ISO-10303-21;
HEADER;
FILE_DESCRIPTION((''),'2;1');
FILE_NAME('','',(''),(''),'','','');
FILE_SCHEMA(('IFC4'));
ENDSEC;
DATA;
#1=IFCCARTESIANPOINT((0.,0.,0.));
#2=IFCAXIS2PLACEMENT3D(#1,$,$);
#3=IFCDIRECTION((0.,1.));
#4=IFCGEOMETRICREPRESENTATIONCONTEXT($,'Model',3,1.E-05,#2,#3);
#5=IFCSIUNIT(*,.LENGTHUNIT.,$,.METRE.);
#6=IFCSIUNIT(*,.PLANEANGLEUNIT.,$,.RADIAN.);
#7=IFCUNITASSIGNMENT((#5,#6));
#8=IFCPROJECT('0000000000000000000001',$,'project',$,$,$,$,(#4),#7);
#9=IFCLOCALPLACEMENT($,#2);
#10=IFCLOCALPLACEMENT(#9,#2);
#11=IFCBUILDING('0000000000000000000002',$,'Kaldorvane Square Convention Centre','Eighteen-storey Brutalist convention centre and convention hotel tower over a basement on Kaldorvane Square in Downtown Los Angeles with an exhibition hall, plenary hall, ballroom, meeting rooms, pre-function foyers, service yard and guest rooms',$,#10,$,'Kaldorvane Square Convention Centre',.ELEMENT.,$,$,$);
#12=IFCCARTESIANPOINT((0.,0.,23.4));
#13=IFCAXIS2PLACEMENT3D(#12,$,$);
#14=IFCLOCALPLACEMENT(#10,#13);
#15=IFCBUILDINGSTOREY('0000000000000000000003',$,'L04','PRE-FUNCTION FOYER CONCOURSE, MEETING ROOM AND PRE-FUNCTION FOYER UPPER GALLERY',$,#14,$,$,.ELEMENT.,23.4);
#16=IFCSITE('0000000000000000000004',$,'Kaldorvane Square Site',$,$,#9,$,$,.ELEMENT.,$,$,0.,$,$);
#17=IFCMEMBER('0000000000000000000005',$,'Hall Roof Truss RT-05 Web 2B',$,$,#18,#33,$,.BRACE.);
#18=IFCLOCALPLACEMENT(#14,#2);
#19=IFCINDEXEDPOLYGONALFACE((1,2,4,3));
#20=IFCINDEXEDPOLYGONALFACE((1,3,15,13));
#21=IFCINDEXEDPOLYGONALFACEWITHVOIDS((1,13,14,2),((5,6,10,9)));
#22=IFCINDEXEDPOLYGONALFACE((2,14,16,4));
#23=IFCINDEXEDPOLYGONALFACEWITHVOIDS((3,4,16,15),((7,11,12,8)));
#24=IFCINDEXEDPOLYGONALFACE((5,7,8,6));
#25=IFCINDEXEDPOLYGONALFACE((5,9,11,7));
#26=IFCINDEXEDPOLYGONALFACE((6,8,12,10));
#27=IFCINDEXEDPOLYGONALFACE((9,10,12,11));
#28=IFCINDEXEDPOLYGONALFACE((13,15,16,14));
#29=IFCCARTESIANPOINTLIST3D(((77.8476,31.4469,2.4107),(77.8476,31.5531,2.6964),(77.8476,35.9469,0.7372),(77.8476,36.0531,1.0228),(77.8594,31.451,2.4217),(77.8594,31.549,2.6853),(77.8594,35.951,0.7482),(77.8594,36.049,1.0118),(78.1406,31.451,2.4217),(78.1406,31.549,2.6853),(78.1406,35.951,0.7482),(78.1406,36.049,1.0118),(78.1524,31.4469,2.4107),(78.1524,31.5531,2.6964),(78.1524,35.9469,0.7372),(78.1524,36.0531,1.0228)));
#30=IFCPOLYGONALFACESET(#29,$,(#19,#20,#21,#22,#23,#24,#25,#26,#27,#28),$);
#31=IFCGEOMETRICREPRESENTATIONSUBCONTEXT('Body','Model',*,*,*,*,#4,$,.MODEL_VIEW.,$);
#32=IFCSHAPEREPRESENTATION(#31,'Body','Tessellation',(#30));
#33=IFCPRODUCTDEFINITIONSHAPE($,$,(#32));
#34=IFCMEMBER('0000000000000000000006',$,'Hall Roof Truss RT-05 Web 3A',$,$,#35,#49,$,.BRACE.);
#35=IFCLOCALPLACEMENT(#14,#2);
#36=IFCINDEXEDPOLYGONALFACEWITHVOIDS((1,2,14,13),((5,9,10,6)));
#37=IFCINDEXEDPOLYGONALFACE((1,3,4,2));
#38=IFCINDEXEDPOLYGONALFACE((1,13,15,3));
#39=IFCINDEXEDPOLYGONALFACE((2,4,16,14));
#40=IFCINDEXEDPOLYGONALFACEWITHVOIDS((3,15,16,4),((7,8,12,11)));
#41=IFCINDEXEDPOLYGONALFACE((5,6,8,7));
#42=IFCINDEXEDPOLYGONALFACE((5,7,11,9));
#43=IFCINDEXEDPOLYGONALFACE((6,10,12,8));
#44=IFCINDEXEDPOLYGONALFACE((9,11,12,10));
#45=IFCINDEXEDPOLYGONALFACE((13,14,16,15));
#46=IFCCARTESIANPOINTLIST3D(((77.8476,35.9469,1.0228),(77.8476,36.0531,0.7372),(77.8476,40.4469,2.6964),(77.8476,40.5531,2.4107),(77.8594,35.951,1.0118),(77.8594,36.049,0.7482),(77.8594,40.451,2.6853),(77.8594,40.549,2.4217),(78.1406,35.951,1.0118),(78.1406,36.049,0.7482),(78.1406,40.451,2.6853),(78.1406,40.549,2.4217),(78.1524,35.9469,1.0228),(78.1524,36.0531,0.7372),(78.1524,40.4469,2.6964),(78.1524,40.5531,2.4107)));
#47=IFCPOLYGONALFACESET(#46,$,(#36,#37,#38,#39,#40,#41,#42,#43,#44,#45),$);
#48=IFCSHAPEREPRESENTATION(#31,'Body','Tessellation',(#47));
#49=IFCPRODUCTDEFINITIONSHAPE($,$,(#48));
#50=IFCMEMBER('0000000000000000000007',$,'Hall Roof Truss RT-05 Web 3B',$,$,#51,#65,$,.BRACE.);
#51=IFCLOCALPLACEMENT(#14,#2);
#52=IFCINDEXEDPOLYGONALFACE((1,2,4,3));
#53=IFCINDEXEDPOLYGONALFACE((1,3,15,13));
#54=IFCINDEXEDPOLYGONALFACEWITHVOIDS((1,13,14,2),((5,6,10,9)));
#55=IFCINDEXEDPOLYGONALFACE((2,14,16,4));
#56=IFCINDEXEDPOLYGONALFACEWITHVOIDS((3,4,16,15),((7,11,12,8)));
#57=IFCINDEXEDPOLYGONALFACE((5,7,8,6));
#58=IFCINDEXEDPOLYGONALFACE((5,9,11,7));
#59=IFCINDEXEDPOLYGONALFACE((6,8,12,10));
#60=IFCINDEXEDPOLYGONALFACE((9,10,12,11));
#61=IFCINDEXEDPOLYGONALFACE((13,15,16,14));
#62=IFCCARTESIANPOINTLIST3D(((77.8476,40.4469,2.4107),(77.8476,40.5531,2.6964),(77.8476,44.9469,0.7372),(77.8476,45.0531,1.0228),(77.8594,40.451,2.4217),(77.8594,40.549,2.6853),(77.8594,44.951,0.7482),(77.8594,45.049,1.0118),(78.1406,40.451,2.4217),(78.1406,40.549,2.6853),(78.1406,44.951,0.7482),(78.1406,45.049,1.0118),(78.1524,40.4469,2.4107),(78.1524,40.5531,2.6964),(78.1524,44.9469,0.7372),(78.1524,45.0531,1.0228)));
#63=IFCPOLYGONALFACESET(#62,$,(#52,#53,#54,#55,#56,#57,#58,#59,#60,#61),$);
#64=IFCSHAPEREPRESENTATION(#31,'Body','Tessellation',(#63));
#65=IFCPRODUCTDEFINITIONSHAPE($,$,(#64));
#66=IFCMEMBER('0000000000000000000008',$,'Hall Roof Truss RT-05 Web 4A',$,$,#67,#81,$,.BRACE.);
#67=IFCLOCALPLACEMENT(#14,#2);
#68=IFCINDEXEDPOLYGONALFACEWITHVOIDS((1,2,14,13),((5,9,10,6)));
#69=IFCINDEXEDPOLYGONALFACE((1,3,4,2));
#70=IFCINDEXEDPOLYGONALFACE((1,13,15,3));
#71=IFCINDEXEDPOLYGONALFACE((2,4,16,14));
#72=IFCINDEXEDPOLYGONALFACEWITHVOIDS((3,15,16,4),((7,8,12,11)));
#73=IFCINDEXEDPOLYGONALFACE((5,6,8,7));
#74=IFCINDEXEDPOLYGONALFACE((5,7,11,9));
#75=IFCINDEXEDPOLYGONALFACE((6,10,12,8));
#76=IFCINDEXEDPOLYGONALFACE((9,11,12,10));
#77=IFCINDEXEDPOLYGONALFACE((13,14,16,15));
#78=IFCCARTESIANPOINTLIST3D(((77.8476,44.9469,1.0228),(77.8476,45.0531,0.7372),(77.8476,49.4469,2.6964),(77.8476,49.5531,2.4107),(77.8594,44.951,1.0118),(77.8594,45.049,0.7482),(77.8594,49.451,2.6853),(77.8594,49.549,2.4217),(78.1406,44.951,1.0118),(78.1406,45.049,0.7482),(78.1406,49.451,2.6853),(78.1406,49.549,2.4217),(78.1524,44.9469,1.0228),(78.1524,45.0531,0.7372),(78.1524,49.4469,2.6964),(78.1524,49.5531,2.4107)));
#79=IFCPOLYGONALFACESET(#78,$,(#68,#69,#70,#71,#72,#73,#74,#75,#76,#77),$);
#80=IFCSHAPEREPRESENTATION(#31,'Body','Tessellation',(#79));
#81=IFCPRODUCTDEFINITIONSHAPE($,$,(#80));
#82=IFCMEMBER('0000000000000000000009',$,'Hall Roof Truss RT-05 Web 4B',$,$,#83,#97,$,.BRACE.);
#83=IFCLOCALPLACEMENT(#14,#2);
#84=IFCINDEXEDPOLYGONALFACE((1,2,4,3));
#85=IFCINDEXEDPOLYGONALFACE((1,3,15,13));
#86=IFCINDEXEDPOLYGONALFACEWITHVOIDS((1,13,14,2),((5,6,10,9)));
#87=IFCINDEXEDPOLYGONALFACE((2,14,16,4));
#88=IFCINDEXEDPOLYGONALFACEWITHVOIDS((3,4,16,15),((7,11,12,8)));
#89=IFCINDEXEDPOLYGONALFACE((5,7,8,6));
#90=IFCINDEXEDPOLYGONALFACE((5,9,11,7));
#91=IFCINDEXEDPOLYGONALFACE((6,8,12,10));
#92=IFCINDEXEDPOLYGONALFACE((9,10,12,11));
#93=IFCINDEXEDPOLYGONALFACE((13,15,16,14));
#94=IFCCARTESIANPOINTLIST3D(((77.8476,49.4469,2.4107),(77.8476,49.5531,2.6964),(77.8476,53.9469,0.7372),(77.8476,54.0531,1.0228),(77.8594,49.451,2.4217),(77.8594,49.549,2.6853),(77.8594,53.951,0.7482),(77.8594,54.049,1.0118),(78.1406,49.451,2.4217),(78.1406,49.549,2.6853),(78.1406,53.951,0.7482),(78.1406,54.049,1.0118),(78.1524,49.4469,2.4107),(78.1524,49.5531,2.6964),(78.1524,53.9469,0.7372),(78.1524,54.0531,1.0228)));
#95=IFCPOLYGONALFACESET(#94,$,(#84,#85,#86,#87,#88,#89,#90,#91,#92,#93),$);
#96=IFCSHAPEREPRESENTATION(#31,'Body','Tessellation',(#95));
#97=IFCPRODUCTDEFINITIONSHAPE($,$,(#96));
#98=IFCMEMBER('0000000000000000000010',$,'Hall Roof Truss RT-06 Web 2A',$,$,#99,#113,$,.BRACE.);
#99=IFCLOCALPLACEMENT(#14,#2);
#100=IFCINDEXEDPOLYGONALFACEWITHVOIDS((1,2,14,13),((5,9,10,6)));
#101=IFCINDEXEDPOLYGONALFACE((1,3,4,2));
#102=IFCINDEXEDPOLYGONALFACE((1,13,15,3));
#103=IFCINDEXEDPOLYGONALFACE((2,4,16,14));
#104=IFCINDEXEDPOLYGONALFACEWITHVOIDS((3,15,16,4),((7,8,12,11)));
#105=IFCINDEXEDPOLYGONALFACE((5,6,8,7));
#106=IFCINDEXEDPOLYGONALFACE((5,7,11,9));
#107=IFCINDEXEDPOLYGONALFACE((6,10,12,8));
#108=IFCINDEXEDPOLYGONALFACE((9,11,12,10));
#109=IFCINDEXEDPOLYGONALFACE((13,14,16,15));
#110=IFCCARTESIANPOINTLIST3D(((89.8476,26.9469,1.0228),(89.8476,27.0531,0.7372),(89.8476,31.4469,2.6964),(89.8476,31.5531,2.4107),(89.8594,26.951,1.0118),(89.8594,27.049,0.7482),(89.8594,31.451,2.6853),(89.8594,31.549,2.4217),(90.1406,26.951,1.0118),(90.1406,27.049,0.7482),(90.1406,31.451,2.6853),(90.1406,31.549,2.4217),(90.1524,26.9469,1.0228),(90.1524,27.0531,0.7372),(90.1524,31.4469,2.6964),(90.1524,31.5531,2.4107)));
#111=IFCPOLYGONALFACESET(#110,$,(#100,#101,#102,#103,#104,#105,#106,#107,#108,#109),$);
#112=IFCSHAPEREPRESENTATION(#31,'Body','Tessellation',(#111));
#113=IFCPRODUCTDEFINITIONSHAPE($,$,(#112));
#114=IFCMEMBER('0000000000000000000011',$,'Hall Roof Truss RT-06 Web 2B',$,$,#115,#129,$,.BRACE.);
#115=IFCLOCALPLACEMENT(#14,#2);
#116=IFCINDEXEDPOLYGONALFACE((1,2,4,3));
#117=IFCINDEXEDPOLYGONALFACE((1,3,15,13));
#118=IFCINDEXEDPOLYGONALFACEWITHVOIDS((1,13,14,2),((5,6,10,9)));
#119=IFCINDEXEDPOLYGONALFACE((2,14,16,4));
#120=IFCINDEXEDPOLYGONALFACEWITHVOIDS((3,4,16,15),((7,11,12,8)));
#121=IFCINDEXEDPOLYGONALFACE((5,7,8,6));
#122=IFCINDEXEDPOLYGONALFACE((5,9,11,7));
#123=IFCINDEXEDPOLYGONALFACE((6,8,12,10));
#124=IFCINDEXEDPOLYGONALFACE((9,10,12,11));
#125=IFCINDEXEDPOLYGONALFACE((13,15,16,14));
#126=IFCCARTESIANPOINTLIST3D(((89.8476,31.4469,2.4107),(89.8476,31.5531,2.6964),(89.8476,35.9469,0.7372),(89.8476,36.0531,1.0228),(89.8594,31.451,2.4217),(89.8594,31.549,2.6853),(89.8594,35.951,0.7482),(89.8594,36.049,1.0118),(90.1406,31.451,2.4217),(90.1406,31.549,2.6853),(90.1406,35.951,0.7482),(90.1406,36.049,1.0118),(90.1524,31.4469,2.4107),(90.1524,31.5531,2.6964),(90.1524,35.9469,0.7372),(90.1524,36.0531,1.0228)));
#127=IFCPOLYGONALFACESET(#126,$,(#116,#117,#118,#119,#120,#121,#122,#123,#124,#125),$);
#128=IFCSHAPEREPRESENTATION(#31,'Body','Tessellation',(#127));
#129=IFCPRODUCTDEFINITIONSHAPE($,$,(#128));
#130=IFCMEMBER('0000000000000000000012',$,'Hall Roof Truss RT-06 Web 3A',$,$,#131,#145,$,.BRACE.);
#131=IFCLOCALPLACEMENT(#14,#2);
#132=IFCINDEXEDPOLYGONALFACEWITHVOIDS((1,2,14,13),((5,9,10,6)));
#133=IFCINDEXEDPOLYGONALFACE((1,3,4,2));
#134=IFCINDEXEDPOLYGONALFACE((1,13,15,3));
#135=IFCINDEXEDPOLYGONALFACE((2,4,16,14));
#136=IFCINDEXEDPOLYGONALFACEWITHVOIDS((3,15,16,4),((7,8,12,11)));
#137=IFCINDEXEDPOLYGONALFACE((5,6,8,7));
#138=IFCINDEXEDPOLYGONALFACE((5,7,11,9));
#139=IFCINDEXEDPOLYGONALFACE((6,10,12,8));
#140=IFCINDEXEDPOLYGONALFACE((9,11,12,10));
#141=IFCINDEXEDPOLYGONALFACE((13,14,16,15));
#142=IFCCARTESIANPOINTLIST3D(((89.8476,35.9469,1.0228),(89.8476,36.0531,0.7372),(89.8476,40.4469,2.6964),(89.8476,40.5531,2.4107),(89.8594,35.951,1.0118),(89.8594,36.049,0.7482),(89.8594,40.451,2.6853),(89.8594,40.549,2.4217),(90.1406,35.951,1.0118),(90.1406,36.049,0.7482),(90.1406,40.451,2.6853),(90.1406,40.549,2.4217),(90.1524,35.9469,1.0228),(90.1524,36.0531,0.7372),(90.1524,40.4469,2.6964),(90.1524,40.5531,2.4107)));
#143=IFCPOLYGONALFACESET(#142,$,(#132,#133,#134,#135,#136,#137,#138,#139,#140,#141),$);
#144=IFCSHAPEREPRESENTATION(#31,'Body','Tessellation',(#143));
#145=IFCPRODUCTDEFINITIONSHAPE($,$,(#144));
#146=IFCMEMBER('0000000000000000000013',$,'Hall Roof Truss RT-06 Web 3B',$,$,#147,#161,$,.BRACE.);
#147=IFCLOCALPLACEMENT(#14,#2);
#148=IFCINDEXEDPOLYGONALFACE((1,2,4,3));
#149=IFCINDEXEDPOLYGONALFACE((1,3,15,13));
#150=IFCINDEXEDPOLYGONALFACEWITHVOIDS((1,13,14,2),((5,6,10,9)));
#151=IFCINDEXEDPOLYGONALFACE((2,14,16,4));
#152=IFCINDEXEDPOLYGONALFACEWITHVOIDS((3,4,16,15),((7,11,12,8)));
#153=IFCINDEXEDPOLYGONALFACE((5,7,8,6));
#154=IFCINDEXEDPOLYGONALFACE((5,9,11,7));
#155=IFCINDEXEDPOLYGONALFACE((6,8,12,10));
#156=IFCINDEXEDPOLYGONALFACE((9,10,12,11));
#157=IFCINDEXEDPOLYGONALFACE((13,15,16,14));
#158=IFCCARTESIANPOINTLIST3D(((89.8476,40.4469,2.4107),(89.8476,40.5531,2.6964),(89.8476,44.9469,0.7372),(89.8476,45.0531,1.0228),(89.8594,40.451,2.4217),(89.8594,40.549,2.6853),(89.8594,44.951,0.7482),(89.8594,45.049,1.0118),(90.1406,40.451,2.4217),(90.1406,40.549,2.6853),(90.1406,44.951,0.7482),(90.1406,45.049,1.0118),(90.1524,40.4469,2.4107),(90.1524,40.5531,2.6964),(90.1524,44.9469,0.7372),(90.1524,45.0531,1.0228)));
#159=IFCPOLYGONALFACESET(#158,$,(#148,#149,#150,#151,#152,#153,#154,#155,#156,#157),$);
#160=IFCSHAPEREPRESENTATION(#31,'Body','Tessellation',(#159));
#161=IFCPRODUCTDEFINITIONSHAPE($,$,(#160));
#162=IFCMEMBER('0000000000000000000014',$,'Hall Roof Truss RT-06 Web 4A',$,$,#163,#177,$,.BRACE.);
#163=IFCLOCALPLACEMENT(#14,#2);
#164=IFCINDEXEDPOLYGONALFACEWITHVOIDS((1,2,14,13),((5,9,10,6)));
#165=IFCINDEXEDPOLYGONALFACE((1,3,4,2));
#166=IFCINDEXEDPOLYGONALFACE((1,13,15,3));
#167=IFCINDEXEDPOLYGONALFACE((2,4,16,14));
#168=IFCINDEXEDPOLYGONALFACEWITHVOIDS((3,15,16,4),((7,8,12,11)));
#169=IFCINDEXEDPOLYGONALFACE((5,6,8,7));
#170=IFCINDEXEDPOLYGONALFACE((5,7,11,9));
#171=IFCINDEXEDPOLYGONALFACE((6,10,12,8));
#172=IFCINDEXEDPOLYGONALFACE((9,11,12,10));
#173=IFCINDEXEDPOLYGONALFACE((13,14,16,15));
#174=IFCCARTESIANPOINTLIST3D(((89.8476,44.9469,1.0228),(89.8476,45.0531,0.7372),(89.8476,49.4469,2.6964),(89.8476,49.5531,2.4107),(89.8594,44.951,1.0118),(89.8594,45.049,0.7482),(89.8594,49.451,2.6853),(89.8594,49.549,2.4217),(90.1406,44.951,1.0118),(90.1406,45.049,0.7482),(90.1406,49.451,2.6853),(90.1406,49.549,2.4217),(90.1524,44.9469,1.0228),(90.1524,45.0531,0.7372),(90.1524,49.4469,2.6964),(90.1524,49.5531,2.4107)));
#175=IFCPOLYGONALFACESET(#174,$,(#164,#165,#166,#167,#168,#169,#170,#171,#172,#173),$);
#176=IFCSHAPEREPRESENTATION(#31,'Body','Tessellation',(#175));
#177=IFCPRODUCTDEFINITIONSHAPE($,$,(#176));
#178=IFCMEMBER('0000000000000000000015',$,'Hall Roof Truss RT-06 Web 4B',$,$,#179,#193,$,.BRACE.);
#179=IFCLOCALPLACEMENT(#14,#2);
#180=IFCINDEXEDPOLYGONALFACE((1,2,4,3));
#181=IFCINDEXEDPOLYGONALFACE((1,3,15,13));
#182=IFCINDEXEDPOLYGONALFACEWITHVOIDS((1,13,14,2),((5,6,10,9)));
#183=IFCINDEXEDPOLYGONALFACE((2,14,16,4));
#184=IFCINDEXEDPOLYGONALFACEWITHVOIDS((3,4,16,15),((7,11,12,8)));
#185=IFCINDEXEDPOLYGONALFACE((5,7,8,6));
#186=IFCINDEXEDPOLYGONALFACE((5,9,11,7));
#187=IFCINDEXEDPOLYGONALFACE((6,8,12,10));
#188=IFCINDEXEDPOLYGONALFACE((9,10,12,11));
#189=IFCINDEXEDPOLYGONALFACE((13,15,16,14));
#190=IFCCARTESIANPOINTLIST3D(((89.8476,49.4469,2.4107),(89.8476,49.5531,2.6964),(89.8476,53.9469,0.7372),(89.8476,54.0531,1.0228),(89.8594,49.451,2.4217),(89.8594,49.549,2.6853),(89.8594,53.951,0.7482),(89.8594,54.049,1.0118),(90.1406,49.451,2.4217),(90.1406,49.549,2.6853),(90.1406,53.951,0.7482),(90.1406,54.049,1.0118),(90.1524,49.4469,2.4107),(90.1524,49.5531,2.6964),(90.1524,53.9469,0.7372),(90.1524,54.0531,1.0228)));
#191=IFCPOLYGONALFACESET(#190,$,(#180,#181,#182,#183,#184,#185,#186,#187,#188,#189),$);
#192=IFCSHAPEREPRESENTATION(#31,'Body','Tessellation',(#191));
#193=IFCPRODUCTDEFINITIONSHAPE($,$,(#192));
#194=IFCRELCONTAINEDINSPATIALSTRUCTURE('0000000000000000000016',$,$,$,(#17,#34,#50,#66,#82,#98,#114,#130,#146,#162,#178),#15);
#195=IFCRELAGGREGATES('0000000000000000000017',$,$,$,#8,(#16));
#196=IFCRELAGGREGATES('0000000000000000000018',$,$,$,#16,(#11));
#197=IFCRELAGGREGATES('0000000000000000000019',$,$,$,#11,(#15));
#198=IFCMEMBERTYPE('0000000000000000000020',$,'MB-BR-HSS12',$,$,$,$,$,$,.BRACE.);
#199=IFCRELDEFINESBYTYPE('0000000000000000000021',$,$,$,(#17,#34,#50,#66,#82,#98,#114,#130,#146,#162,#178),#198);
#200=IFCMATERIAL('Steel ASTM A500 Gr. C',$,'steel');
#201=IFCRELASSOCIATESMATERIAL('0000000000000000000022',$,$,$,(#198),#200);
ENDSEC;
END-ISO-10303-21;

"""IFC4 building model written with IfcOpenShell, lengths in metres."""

from ifc_helpers import new_model, si_unit, direction, frame, origin, origin_2d, place, context, subcontext, project, spatial, hollow_rectangle, extrude, material, material_profile, profile_set, type_object, element, save


model = new_model("IFC4")

# Units and contexts
model_context = context("Model", 3, precision=1e-05, world=origin(), true_north=direction((0.0, 1.0)))
body_context = subcontext(model_context, "Body", "Model", "MODEL_VIEW")
ifc_project = project(units=[si_unit("LENGTHUNIT", "METRE"), si_unit("PLANEANGLEUNIT", "RADIAN")], contexts=[model_context])

# Site, building, storey
site_placement = place(None, origin())
site = spatial("IfcSite", under=ifc_project, at=site_placement, Name="Kaldorvane Square Site", CompositionType="ELEMENT", RefElevation=0.0)
building_placement = place(site_placement, origin())
building = spatial("IfcBuilding", under=site, at=building_placement, Name="Kaldorvane Square Convention Centre", Description="Eighteen-storey Brutalist convention centre and convention hotel tower over a basement on Kaldorvane Square in Downtown Los Angeles with an exhibition hall, plenary hall, ballroom, meeting rooms, pre-function foyers, service yard and guest rooms", LongName="Kaldorvane Square Convention Centre", CompositionType="ELEMENT")
storey_placement = place(building_placement, frame((0.0, 0.0, 23.4)))
storey = spatial("IfcBuildingStorey", under=building, at=storey_placement, Name="L04", Description="PRE-FUNCTION FOYER CONCOURSE, MEETING ROOM AND PRE-FUNCTION FOYER UPPER GALLERY", CompositionType="ELEMENT", Elevation=23.4)

# Members
ifc_material_1 = material(Name="Steel ASTM A500 Gr. C", Category="steel")
ifc_material_profile_1 = material_profile(ifc_material_1, hollow_rectangle(XDim=0.3048, YDim=0.3048, WallThickness=0.0118, at=origin_2d()), Name="HSS12X12X1/2")
ifc_profile_set_1 = profile_set([ifc_material_profile_1], Name="Steel ASTM A500 Gr. C")
member_type_1 = type_object("IfcMemberType", Name="MB-BR-HSS12", PredefinedType="BRACE", material=ifc_profile_set_1)
for number, where, z_axis, x_axis, name in (
    (1, (78.0, 31.5, 2.5535), (0.0, 0.937284, -0.348567), (-1.0, 0.0, 0.0), "Hall Roof Truss RT-05 Web 2B"),
    (2, (78.0, 36.0, 0.88), (0.0, 0.937284, 0.348567), (-1.0, 0.0, 0.0), "Hall Roof Truss RT-05 Web 3A"),
    (3, (78.0, 40.5, 2.5535), (0.0, 0.937284, -0.348567), (-1.0, 0.0, 0.0), "Hall Roof Truss RT-05 Web 3B"),
    (4, (78.0, 45.0, 0.88), (0.0, 0.937284, 0.348567), (-1.0, 0.0, 0.0), "Hall Roof Truss RT-05 Web 4A"),
    (5, (78.0, 49.5, 2.5535), (0.0, 0.937284, -0.348567), (-1.0, 0.0, 0.0), "Hall Roof Truss RT-05 Web 4B"),
    (6, (90.0, 27.0, 0.88), (0.0, 0.937284, 0.348567), (-1.0, 0.0, 0.0), "Hall Roof Truss RT-06 Web 2A"),
    (7, (90.0, 31.5, 2.5535), (0.0, 0.937284, -0.348567), (-1.0, 0.0, 0.0), "Hall Roof Truss RT-06 Web 2B"),
    (8, (90.0, 36.0, 0.88), (0.0, 0.937284, 0.348567), (-1.0, 0.0, 0.0), "Hall Roof Truss RT-06 Web 3A"),
    (9, (90.0, 40.5, 2.5535), (0.0, 0.937284, -0.348567), (-1.0, 0.0, 0.0), "Hall Roof Truss RT-06 Web 3B"),
    (10, (90.0, 45.0, 0.88), (0.0, 0.937284, 0.348567), (-1.0, 0.0, 0.0), "Hall Roof Truss RT-06 Web 4A"),
    (11, (90.0, 49.5, 2.5535), (0.0, 0.937284, -0.348567), (-1.0, 0.0, 0.0), "Hall Roof Truss RT-06 Web 4B"),
):
    element("IfcMember", number, at=place(storey_placement, frame(where, z_axis=z_axis, x_axis=x_axis)), inside=storey, type_object=member_type_1, Name=name, PredefinedType="BRACE", context=body_context, shape_type="SweptSolid", body=[
        extrude(hollow_rectangle(XDim=0.3048, YDim=0.3048, WallThickness=0.0118, at=origin_2d()), origin(), (0.0, 0.0, 1.0), 4.8011),
    ])

save(model, "model.ifc")
